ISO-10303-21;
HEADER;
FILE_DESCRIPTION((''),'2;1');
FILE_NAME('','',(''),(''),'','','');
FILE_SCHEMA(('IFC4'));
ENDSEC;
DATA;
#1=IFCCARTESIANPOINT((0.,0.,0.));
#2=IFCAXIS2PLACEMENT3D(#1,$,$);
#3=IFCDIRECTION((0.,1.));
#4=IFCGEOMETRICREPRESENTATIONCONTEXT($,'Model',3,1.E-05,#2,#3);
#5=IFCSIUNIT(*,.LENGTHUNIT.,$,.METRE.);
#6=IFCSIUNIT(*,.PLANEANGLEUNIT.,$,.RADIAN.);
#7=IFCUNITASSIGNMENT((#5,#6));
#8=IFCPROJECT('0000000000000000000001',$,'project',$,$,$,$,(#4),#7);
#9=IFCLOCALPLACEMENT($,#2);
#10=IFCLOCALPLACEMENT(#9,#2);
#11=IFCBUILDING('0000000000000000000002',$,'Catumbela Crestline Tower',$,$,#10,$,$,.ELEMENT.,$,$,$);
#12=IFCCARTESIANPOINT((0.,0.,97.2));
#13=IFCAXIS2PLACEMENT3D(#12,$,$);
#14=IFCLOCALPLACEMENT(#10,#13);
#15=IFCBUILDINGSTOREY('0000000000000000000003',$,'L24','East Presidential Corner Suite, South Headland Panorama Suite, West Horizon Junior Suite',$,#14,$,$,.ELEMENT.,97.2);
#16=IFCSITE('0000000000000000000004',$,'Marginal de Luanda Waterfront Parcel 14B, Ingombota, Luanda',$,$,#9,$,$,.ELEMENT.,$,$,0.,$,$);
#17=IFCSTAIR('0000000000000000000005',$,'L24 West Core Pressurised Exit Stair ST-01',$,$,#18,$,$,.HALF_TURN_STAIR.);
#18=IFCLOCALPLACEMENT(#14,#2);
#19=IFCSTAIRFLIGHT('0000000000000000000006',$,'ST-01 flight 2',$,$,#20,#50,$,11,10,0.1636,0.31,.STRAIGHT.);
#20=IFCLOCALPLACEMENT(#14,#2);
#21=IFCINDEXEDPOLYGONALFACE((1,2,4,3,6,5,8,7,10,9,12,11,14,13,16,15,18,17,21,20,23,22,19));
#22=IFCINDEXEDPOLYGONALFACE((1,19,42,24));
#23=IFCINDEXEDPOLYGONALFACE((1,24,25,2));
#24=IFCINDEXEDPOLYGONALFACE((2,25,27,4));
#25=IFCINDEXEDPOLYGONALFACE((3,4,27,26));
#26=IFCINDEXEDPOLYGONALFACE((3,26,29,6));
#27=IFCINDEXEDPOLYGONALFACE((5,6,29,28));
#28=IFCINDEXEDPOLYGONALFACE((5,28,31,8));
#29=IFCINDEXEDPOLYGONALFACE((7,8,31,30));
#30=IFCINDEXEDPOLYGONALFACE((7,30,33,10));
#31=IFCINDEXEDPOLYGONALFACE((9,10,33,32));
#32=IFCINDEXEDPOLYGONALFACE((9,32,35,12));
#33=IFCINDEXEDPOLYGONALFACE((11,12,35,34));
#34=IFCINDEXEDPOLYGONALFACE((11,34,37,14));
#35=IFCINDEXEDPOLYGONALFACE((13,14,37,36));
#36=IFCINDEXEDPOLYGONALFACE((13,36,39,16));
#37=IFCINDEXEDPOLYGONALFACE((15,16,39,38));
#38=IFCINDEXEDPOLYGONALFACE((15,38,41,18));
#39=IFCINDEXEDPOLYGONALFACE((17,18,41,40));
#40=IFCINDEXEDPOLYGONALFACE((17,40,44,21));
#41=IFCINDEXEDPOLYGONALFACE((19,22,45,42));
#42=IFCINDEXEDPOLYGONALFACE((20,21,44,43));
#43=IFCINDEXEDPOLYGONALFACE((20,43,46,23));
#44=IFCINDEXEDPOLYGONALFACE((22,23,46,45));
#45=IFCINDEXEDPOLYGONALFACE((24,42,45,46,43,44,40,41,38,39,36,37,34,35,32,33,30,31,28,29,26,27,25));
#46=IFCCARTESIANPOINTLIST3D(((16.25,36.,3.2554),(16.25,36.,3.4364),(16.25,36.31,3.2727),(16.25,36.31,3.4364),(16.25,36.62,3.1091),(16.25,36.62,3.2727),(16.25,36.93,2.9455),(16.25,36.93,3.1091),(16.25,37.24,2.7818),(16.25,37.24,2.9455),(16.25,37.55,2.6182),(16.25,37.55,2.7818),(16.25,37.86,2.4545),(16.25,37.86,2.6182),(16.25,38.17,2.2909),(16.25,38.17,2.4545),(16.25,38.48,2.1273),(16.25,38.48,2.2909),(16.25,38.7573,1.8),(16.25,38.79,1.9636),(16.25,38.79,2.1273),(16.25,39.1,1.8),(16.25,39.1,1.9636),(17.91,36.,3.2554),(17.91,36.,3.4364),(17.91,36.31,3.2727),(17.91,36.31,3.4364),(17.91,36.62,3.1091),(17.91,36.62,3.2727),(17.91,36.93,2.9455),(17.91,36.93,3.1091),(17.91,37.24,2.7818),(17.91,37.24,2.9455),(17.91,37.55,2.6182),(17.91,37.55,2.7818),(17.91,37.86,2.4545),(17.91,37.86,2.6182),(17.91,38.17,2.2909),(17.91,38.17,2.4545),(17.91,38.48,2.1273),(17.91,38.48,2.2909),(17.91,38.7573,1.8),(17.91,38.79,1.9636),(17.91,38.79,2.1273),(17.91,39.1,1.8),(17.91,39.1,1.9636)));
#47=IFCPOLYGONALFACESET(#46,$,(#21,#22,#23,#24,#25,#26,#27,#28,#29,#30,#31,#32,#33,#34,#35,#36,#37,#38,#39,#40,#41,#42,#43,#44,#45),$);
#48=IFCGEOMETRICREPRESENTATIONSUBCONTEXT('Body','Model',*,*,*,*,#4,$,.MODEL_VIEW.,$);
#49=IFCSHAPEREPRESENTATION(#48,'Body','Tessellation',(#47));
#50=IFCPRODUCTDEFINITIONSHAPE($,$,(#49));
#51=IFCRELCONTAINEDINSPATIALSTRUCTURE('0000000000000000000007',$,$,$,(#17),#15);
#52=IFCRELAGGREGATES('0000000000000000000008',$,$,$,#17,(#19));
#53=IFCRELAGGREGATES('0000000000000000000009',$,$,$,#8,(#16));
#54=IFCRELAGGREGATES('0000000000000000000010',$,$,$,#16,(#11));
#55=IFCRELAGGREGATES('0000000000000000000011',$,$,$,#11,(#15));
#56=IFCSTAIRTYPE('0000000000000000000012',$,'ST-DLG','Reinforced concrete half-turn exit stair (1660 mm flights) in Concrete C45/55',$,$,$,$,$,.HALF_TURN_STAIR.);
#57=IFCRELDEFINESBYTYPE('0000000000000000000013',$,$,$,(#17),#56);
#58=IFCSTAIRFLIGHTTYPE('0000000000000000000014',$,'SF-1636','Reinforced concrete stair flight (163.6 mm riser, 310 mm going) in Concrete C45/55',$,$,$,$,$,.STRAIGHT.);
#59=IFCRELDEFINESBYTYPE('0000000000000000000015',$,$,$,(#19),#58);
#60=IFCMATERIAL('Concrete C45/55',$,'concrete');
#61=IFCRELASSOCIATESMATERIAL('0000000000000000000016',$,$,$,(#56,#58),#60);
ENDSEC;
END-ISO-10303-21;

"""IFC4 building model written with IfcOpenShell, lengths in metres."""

from ifc_helpers import new_model, si_unit, direction, frame, origin, place, context, subcontext, project, spatial, polyline, outline, extrude, material, type_object, element, aggregate, save


model = new_model("IFC4")

# Units and contexts
model_context = context("Model", 3, precision=1e-05, world=origin(), true_north=direction((0.0, 1.0)))
body_context = subcontext(model_context, "Body", "Model", "MODEL_VIEW")
ifc_project = project(units=[si_unit("LENGTHUNIT", "METRE"), si_unit("PLANEANGLEUNIT", "RADIAN")], contexts=[model_context])

# Site, building, storey
site_placement = place(None, origin())
site = spatial("IfcSite", under=ifc_project, at=site_placement, Name="Marginal de Luanda Waterfront Parcel 14B, Ingombota, Luanda", CompositionType="ELEMENT", RefElevation=0.0)
building_placement = place(site_placement, origin())
building = spatial("IfcBuilding", under=site, at=building_placement, Name="Catumbela Crestline Tower", CompositionType="ELEMENT")
storey_placement = place(building_placement, frame((0.0, 0.0, 97.2)))
storey = spatial("IfcBuildingStorey", under=building, at=storey_placement, Name="L24", Description="East Presidential Corner Suite, South Headland Panorama Suite, West Horizon Junior Suite", CompositionType="ELEMENT", Elevation=97.2)

# Stair, stair flight
ifc_material_1 = material(Name="Concrete C45/55", Category="concrete")
stair_type = type_object("IfcStairType", Name="ST-DLG", Description="Reinforced concrete half-turn exit stair (1660 mm flights) in Concrete C45/55", PredefinedType="HALF_TURN_STAIR", material=ifc_material_1)
stair_placement = place(storey_placement, origin())
stair = element("IfcStair", 1, at=stair_placement, inside=storey, type_object=stair_type, Name="L24 West Core Pressurised Exit Stair ST-01", PredefinedType="HALF_TURN_STAIR")
stair_flight_type = type_object("IfcStairFlightType", Name="SF-1636", Description="Reinforced concrete stair flight (163.6 mm riser, 310 mm going) in Concrete C45/55", PredefinedType="STRAIGHT", material=ifc_material_1)
stair_flight_placement = place(storey_placement, frame((17.08, 39.1, 1.8), z_axis=(0.0, 0.0, 1.0), x_axis=(0.0, -1.0, 0.0)))
stair_flight = element("IfcStairFlight", 2, at=stair_flight_placement, type_object=stair_flight_type, Name="ST-01 flight 2", NumberOfRisers=11, NumberOfTreads=10, PredefinedType="STRAIGHT", RiserHeight=0.1636, TreadLength=0.31, context=body_context, shape_type="SweptSolid", body=[
    extrude(outline(polyline([(0.0, 0.0), (0.0, 0.1636), (0.31, 0.1636), (0.31, 0.3273), (0.62, 0.3273), (0.62, 0.4909), (0.93, 0.4909), (0.93, 0.6545), (1.24, 0.6545), (1.24, 0.8182), (1.55, 0.8182), (1.55, 0.9818), (1.86, 0.9818), (1.86, 1.1455), (2.17, 1.1455), (2.17, 1.3091), (2.48, 1.3091), (2.48, 1.4727), (2.79, 1.4727), (2.79, 1.6364), (3.1, 1.6364), (3.1, 1.8), (3.1, 1.4554), (0.3427, 0.0), (0.0, 0.0)])), frame((0.0, 0.83, 0.0), z_axis=(0.0, -1.0, 0.0), x_axis=(1.0, 0.0, 0.0)), (0.0, 0.0, 1.0), 1.66),
])
aggregate(stair, [stair_flight])

save(model, "model.ifc")
